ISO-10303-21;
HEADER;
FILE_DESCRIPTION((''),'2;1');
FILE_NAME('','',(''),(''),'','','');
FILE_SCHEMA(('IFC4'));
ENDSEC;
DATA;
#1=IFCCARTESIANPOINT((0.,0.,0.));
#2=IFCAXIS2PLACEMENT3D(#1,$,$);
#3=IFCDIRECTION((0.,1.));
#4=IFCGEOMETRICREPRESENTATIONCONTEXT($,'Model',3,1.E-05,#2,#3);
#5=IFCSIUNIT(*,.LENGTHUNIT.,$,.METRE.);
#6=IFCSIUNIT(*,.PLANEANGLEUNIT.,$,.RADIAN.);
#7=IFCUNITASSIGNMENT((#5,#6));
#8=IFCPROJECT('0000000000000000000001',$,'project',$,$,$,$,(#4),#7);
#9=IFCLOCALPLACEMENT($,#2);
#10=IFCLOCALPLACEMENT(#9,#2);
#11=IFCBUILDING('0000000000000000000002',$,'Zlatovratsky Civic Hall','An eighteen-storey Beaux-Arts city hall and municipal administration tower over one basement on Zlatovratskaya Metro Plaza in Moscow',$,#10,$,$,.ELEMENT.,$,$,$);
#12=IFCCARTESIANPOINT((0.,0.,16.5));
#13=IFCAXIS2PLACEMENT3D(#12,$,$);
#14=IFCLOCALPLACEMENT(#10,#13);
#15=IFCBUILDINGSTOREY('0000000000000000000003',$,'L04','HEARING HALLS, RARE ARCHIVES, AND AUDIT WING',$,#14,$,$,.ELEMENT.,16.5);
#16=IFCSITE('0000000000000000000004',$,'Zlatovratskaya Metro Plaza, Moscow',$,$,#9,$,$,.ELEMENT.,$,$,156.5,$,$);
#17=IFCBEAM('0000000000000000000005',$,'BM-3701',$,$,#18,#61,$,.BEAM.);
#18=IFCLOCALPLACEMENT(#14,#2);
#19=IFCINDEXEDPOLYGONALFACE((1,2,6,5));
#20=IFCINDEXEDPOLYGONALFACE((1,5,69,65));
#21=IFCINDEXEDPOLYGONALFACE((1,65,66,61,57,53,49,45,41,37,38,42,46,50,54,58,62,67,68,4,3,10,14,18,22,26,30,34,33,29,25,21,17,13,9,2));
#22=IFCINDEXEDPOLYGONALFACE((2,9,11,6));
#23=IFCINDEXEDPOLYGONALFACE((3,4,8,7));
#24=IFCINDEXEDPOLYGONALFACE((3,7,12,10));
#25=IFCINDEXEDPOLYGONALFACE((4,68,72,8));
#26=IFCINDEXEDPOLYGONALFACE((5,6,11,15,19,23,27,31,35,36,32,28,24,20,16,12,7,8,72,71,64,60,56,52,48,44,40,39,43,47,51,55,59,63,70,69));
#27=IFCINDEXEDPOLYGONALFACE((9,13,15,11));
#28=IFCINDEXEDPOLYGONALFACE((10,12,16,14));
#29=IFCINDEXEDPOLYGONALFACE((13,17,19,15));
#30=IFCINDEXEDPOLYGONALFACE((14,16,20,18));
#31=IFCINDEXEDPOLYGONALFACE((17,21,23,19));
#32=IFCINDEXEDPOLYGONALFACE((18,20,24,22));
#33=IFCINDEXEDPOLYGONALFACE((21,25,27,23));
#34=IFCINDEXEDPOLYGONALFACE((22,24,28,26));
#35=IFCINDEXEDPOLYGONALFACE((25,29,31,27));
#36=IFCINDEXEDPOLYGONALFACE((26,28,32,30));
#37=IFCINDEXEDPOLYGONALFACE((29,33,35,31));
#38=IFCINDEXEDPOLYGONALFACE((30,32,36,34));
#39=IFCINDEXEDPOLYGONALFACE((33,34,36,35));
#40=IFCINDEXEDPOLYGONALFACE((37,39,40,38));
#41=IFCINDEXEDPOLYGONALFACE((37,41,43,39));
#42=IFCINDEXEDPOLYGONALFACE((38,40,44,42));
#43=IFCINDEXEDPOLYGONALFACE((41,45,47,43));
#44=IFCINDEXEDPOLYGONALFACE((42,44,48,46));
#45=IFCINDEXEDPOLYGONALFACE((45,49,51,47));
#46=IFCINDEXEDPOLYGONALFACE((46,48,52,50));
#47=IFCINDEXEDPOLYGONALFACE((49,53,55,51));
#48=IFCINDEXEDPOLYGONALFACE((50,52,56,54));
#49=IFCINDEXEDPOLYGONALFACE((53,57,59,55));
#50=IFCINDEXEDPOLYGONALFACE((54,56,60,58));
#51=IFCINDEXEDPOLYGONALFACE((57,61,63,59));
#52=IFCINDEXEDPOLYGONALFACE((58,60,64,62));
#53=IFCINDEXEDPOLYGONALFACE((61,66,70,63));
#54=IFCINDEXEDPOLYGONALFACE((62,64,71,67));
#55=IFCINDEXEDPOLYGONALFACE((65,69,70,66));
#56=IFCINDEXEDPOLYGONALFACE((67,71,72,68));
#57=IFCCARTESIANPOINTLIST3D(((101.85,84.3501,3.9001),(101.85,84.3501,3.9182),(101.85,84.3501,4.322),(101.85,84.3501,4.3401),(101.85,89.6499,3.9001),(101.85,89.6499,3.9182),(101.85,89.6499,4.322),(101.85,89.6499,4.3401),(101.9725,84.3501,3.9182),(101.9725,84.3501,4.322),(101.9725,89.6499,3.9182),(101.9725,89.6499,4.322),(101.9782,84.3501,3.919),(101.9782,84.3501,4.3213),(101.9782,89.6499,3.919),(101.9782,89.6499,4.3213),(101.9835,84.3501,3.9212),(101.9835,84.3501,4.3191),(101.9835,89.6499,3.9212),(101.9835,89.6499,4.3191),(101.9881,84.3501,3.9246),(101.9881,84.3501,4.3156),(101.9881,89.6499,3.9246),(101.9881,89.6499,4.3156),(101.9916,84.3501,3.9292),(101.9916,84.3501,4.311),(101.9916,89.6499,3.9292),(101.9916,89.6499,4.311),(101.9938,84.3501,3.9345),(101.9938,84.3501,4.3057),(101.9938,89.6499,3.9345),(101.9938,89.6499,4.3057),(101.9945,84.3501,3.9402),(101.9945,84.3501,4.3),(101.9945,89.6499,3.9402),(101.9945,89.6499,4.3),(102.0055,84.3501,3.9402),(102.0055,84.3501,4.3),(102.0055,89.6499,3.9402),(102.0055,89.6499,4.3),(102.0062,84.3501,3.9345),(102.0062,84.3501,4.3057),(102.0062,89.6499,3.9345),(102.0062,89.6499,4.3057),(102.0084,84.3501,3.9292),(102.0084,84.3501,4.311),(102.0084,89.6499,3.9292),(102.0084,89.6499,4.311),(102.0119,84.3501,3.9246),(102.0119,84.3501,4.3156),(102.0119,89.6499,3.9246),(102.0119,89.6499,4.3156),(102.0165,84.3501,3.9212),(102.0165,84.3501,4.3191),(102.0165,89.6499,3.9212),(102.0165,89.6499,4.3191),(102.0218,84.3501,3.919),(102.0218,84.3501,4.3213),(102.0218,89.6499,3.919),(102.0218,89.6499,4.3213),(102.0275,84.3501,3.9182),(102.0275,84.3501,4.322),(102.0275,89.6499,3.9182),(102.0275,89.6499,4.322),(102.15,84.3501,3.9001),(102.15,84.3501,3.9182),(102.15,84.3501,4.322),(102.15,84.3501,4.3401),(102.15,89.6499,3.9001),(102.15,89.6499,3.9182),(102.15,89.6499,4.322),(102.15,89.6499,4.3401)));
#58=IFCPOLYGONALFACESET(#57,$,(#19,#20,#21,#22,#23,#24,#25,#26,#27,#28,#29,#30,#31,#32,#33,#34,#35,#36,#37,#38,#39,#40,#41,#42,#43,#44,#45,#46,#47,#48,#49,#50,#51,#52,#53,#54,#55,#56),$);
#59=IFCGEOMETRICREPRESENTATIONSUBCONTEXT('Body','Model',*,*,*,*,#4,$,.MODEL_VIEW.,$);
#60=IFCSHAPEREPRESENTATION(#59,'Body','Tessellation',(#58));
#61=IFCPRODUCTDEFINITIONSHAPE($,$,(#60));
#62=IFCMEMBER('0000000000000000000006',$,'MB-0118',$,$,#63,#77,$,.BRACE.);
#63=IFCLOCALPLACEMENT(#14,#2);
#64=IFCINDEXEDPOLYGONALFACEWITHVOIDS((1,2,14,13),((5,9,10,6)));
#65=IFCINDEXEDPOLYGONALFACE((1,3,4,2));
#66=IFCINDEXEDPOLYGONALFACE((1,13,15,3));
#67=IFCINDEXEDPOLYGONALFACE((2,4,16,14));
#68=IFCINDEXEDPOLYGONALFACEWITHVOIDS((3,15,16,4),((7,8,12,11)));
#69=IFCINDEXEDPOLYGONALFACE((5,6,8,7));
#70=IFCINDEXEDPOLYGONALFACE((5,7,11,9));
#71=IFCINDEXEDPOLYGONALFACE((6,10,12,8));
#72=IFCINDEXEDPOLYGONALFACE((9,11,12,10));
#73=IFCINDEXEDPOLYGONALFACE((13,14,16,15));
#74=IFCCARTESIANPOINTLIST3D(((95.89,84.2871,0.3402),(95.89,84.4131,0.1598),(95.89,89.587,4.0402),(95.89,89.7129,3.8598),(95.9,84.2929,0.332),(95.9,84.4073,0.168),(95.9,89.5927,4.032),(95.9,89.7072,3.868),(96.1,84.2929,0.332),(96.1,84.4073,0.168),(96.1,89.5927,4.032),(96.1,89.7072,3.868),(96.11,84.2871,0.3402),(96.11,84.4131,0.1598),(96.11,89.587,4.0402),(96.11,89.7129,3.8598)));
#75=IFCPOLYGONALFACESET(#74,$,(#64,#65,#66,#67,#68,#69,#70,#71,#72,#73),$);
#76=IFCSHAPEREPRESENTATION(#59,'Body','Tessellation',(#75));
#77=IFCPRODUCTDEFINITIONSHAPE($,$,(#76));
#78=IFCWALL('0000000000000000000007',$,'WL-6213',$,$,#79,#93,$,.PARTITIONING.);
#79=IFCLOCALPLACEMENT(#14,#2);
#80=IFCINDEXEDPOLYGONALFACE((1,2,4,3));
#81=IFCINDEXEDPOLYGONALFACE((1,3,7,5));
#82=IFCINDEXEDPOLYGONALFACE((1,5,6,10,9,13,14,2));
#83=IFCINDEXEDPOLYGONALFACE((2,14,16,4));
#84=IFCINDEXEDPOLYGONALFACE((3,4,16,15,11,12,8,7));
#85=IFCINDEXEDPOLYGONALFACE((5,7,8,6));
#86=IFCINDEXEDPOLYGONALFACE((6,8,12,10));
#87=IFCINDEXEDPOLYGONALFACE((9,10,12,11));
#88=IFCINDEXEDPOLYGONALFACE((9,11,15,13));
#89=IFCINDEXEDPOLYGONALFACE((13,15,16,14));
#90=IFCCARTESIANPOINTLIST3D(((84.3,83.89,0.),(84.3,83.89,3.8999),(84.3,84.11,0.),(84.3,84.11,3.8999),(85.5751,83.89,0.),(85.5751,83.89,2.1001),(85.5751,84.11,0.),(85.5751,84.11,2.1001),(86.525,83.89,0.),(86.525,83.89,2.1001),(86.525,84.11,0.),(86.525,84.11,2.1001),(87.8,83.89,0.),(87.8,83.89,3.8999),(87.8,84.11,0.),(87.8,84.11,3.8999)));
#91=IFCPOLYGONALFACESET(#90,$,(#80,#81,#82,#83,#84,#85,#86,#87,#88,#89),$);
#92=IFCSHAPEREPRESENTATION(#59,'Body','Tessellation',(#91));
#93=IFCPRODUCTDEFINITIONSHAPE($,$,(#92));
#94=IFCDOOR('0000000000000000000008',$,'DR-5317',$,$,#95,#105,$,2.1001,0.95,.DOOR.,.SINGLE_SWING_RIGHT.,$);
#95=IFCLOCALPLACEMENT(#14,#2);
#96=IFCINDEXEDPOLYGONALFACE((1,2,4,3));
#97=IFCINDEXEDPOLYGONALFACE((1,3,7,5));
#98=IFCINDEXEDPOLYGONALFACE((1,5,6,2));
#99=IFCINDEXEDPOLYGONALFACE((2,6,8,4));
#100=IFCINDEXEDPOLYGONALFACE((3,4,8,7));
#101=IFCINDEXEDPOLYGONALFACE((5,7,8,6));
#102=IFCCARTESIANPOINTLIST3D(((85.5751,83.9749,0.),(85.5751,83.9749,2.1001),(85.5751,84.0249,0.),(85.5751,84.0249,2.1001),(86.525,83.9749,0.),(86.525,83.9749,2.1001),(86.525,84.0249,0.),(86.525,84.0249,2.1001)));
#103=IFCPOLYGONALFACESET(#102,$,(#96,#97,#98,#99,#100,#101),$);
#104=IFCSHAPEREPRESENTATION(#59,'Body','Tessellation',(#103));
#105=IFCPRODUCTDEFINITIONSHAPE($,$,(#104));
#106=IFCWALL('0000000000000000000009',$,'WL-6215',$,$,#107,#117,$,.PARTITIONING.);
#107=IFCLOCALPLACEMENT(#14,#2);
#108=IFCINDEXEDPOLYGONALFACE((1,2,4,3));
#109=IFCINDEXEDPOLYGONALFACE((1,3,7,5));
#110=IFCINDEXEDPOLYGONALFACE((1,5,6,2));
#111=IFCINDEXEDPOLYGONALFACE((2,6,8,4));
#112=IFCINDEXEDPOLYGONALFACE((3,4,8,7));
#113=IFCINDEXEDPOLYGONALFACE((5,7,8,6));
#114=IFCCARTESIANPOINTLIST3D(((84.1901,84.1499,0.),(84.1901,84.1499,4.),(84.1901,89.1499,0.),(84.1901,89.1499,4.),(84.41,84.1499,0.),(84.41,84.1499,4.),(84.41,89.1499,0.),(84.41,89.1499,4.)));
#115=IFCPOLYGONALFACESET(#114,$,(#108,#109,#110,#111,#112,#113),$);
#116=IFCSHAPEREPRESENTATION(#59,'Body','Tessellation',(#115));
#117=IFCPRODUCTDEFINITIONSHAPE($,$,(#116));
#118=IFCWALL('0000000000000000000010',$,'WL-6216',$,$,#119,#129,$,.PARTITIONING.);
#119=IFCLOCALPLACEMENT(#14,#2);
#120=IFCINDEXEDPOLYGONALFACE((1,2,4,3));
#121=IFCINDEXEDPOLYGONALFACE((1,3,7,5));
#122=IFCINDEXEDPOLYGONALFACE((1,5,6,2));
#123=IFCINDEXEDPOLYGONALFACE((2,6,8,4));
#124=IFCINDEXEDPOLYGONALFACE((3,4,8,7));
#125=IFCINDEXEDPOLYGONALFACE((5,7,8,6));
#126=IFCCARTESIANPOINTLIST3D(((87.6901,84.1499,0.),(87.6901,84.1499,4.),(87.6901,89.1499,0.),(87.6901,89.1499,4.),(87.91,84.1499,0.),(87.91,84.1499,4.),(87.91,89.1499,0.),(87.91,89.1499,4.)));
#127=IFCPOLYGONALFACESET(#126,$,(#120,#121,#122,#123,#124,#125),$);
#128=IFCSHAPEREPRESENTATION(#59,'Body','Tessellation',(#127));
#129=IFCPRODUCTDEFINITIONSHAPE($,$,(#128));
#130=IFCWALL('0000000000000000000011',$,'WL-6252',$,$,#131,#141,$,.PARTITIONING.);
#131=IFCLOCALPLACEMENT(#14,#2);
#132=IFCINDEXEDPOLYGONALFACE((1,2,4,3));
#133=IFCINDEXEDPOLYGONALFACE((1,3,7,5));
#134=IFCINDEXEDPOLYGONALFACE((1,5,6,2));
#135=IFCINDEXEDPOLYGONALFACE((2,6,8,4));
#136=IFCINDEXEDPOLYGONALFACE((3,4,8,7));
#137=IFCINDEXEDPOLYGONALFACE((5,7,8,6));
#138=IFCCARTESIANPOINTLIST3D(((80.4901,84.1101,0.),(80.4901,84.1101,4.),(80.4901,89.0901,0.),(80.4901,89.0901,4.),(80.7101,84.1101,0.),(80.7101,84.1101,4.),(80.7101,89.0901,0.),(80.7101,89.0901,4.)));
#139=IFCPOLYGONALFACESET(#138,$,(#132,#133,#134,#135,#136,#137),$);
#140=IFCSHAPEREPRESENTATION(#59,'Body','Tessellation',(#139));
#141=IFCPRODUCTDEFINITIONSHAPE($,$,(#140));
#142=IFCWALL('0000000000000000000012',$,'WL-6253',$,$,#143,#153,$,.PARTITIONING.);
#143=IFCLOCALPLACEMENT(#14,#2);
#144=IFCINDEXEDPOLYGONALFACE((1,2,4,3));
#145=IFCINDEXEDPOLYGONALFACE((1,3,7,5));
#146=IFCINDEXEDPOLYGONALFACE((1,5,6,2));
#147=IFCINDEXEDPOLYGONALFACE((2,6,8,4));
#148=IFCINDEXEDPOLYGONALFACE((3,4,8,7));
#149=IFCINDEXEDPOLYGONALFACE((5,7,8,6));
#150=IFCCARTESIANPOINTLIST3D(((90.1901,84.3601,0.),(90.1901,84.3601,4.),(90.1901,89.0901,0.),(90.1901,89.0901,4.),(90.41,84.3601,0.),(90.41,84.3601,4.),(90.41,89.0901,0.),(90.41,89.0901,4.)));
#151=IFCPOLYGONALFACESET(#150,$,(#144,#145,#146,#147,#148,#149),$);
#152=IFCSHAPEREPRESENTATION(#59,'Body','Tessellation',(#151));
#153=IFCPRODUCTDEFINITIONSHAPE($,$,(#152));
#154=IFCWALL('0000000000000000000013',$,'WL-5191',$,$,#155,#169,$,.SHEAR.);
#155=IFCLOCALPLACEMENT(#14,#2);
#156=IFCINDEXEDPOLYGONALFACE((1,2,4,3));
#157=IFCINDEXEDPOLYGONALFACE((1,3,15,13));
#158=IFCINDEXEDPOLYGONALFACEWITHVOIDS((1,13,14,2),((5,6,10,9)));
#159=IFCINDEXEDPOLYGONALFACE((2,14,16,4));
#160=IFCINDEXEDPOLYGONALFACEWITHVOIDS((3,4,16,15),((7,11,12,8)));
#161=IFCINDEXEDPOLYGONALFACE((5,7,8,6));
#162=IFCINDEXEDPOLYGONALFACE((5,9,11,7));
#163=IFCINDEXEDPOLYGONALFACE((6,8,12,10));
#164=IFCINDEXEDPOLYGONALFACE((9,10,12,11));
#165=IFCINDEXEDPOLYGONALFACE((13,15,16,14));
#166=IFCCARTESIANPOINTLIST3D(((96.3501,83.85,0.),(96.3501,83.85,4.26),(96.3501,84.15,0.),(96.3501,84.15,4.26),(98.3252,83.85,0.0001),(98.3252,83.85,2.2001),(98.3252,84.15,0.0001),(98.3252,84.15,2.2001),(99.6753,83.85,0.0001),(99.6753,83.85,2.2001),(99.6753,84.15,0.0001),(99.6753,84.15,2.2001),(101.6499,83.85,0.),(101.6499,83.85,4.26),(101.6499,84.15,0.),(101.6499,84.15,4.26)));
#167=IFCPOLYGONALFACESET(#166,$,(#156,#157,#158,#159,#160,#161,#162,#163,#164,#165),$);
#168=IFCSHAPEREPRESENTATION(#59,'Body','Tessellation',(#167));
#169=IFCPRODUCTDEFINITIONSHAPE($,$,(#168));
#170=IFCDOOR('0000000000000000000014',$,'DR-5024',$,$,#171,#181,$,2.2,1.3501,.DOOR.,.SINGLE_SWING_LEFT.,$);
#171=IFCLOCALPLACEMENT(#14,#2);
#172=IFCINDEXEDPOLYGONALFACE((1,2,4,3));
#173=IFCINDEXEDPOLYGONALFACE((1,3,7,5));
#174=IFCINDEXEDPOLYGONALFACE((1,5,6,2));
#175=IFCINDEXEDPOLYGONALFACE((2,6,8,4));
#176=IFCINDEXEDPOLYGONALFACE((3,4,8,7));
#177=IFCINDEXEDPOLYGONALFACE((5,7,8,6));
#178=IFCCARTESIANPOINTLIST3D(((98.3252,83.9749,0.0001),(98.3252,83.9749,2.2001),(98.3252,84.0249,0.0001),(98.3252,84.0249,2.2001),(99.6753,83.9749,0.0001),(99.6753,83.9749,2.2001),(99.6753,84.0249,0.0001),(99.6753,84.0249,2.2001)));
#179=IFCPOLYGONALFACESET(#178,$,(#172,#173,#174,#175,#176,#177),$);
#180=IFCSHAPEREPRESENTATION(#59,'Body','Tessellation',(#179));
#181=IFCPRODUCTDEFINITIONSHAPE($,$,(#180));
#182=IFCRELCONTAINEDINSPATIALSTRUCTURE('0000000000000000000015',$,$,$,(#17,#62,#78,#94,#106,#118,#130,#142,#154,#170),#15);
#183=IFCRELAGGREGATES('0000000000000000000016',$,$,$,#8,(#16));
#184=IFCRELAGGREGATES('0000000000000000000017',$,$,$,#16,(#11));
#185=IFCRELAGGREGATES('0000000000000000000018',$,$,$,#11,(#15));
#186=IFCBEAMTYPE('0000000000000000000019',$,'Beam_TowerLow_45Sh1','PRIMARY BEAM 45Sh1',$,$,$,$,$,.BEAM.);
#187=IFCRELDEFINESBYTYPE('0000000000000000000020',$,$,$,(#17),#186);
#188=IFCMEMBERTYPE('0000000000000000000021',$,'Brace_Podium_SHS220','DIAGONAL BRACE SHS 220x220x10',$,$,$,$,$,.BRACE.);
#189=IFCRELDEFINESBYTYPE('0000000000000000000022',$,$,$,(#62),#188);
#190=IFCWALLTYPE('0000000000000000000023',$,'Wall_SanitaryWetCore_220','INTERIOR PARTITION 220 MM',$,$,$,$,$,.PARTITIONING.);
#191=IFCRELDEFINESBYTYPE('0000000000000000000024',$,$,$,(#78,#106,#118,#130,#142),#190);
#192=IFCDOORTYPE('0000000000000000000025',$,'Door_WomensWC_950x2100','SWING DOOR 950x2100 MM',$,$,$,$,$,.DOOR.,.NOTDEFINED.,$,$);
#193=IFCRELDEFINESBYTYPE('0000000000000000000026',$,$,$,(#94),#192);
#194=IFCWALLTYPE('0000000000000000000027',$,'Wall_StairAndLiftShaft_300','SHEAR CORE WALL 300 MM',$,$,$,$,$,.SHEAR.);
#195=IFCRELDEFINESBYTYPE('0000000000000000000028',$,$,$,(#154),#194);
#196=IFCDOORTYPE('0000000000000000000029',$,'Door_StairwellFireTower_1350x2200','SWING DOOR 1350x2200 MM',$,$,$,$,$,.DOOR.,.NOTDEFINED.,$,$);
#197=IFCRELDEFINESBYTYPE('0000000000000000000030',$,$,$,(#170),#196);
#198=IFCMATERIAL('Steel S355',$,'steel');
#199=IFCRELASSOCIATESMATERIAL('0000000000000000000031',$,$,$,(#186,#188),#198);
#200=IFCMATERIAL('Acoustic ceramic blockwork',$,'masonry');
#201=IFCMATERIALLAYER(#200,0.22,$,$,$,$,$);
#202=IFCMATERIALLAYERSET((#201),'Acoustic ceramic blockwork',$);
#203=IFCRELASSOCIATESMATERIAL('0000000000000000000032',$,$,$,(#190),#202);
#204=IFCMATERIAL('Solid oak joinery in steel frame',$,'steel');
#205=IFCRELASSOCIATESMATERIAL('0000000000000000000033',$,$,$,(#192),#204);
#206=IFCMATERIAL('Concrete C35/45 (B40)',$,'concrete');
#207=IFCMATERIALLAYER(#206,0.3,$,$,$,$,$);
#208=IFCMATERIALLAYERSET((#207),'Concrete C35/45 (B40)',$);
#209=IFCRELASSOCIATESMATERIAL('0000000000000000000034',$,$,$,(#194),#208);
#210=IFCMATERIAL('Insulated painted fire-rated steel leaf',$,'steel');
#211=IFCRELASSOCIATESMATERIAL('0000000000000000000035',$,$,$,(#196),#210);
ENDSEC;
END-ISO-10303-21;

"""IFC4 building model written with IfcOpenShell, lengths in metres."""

from ifc_helpers import new_model, si_unit, direction, frame, frame_2d, origin, origin_2d, place, context, subcontext, project, spatial, rectangle, hollow_rectangle, i_section, extrude, material, layer, layer_set, material_profile, profile_set, type_object, element, fill, save


model = new_model("IFC4")

# Units and contexts
model_context = context("Model", 3, precision=1e-05, world=origin(), true_north=direction((0.0, 1.0)))
body_context = subcontext(model_context, "Body", "Model", "MODEL_VIEW")
ifc_project = project(units=[si_unit("LENGTHUNIT", "METRE"), si_unit("PLANEANGLEUNIT", "RADIAN")], contexts=[model_context])

# Site, building, storey
site_placement = place(None, origin())
site = spatial("IfcSite", under=ifc_project, at=site_placement, Name="Zlatovratskaya Metro Plaza, Moscow", CompositionType="ELEMENT", RefElevation=156.5)
building_placement = place(site_placement, origin())
building = spatial("IfcBuilding", under=site, at=building_placement, Name="Zlatovratsky Civic Hall", Description="An eighteen-storey Beaux-Arts city hall and municipal administration tower over one basement on Zlatovratskaya Metro Plaza in Moscow", CompositionType="ELEMENT")
storey_placement = place(building_placement, frame((0.0, 0.0, 16.5)))
storey = spatial("IfcBuildingStorey", under=building, at=storey_placement, Name="L04", Description="HEARING HALLS, RARE ARCHIVES, AND AUDIT WING", CompositionType="ELEMENT", Elevation=16.5)

# Shared definitions
ifc_material_1 = material(Name="Concrete C35/45 (B40)", Category="concrete")
ifc_material_2 = material(Name="Steel S355", Category="steel")

# Beam
ifc_material_profile_1 = material_profile(ifc_material_2, i_section(OverallWidth=0.3, OverallDepth=0.4399, WebThickness=0.011, FlangeThickness=0.0181, FilletRadius=0.022, at=origin_2d()), Name="45Sh1")
ifc_profile_set_1 = profile_set([ifc_material_profile_1], Name="Steel S355")
beam_type = type_object("IfcBeamType", Name="Beam_TowerLow_45Sh1", Description="PRIMARY BEAM 45Sh1", PredefinedType="BEAM", material=ifc_profile_set_1)
beam_1_placement = place(storey_placement, frame((102.0, 84.3501, 4.1201), z_axis=(0.0, 1.0, 0.0), x_axis=(-1.0, 0.0, 0.0)))
element("IfcBeam", 1, at=beam_1_placement, inside=storey, type_object=beam_type, Name="BM-3701", PredefinedType="BEAM", context=body_context, shape_type="SweptSolid", body=[
    extrude(i_section(OverallWidth=0.3, OverallDepth=0.4399, WebThickness=0.011, FlangeThickness=0.0181, FilletRadius=0.022, at=origin_2d()), origin(), (0.0, 0.0, 1.0), 5.2998),
])

# Member
ifc_material_profile_2 = material_profile(ifc_material_2, hollow_rectangle(XDim=0.22, YDim=0.22, WallThickness=0.01, at=origin_2d()), Name="SHS 220x220x10")
ifc_profile_set_2 = profile_set([ifc_material_profile_2], Name="Steel S355")
member_type = type_object("IfcMemberType", Name="Brace_Podium_SHS220", Description="DIAGONAL BRACE SHS 220x220x10", PredefinedType="BRACE", material=ifc_profile_set_2)
member_placement = place(storey_placement, frame((96.0, 84.3501, 0.25), z_axis=(0.0, 0.819952, 0.572433), x_axis=(-1.0, 0.0, 0.0)))
element("IfcMember", 2, at=member_placement, inside=storey, type_object=member_type, Name="MB-0118", PredefinedType="BRACE", context=body_context, shape_type="SweptSolid", body=[
    extrude(hollow_rectangle(XDim=0.22, YDim=0.22, WallThickness=0.01, at=origin_2d()), origin(), (0.0, 0.0, 1.0), 6.4636),
])

# Wall, opening, door
ifc_material_3 = material(Name="Acoustic ceramic blockwork", Category="masonry")
ifc_layer_1 = layer(ifc_material_3, 0.22)
ifc_layer_set_1 = layer_set([ifc_layer_1], Name="Acoustic ceramic blockwork")
wall_type_1 = type_object("IfcWallType", Name="Wall_SanitaryWetCore_220", Description="INTERIOR PARTITION 220 MM", PredefinedType="PARTITIONING", material=ifc_layer_set_1)
ifc_material_4 = material(Name="Solid oak joinery in steel frame", Category="steel")
wall_1_placement = place(storey_placement, frame((84.3, 84.0, 0.0), z_axis=(0.0, 0.0, 1.0), x_axis=(1.0, 0.0, 0.0)))
wall_1 = element("IfcWall", 3, at=wall_1_placement, inside=storey, type_object=wall_type_1, Name="WL-6213", PredefinedType="PARTITIONING", context=body_context, shape_type="SweptSolid", body=[
    extrude(rectangle(XDim=3.5, YDim=0.22, at=frame_2d((1.75, 0.0))), origin(), (0.0, 0.0, 1.0), 3.8999),
])
opening_1_placement = place(wall_1_placement, frame((1.2749, 0.0, 0.0)))
opening_1 = element("IfcOpeningElement", 4, at=opening_1_placement, cuts=wall_1, PredefinedType="OPENING", context=body_context, shape_type="SweptSolid", body=[
    extrude(rectangle(XDim=0.95, YDim=2.1001, at=frame_2d((0.4751, 1.05))), frame((0.0, 0.125, 0.0), z_axis=(0.0, -1.0, 0.0), x_axis=(1.0, 0.0, 0.0)), (0.0, 0.0, 1.0), 0.2498),
])
door_type_1 = type_object("IfcDoorType", Name="Door_WomensWC_950x2100", Description="SWING DOOR 950x2100 MM", OperationType="NOTDEFINED", PredefinedType="DOOR", material=ifc_material_4)
door_1_placement = place(opening_1_placement, origin())
door_1 = element("IfcDoor", 5, at=door_1_placement, inside=storey, type_object=door_type_1, Name="DR-5317", OperationType="SINGLE_SWING_RIGHT", OverallHeight=2.1001, OverallWidth=0.95, PredefinedType="DOOR", context=body_context, shape_type="SweptSolid", body=[
    extrude(rectangle(XDim=0.95, YDim=2.1001, at=frame_2d((0.4751, 1.05))), frame((0.0, 0.0249, 0.0), z_axis=(0.0, -1.0, 0.0), x_axis=(1.0, 0.0, 0.0)), (0.0, 0.0, 1.0), 0.05),
])
fill(opening_1, door_1)

# Walls
for number, where, z_axis, x_axis, name in (
    (6, (84.3, 84.1499, 0.0), (0.0, 0.0, 1.0), (0.0, 1.0, 0.0), "WL-6215"),
    (7, (87.8, 84.1499, 0.0), (0.0, 0.0, 1.0), (0.0, 1.0, 0.0), "WL-6216"),
):
    element("IfcWall", number, at=place(storey_placement, frame(where, z_axis=z_axis, x_axis=x_axis)), inside=storey, type_object=wall_type_1, Name=name, PredefinedType="PARTITIONING", context=body_context, shape_type="SweptSolid", body=[
        extrude(rectangle(XDim=5.0, YDim=0.22, at=frame_2d((2.5, 0.0))), origin(), (0.0, 0.0, 1.0), 4.0),
    ])
wall_2_placement = place(storey_placement, frame((80.6001, 84.1101, 0.0), z_axis=(0.0, 0.0, 1.0), x_axis=(0.0, 1.0, 0.0)))
element("IfcWall", 8, at=wall_2_placement, inside=storey, type_object=wall_type_1, Name="WL-6252", PredefinedType="PARTITIONING", context=body_context, shape_type="SweptSolid", body=[
    extrude(rectangle(XDim=4.98, YDim=0.22, at=frame_2d((2.49, 0.0))), origin(), (0.0, 0.0, 1.0), 4.0),
])
wall_3_placement = place(storey_placement, frame((90.3, 84.3601, 0.0), z_axis=(0.0, 0.0, 1.0), x_axis=(0.0, 1.0, 0.0)))
element("IfcWall", 9, at=wall_3_placement, inside=storey, type_object=wall_type_1, Name="WL-6253", PredefinedType="PARTITIONING", context=body_context, shape_type="SweptSolid", body=[
    extrude(rectangle(XDim=4.73, YDim=0.22, at=frame_2d((2.365, 0.0))), origin(), (0.0, 0.0, 1.0), 4.0),
])

# Wall, opening, door
ifc_layer_2 = layer(ifc_material_1, 0.3)
ifc_layer_set_2 = layer_set([ifc_layer_2], Name="Concrete C35/45 (B40)")
wall_type_2 = type_object("IfcWallType", Name="Wall_StairAndLiftShaft_300", Description="SHEAR CORE WALL 300 MM", PredefinedType="SHEAR", material=ifc_layer_set_2)
wall_4_placement = place(storey_placement, frame((96.3501, 84.0, 0.0), z_axis=(0.0, 0.0, 1.0), x_axis=(1.0, 0.0, 0.0)))
wall_4 = element("IfcWall", 10, at=wall_4_placement, inside=storey, type_object=wall_type_2, Name="WL-5191", PredefinedType="SHEAR", context=body_context, shape_type="SweptSolid", body=[
    extrude(rectangle(XDim=5.2998, YDim=0.3, at=frame_2d((2.6499, 0.0))), origin(), (0.0, 0.0, 1.0), 4.26),
])
opening_2_placement = place(wall_4_placement, frame((1.9751, 0.0, 0.0)))
opening_2 = element("IfcOpeningElement", 11, at=opening_2_placement, cuts=wall_4, PredefinedType="OPENING", context=body_context, shape_type="SweptSolid", body=[
    extrude(rectangle(XDim=1.3501, YDim=2.2, at=frame_2d((0.675, 1.1001))), frame((0.0, 0.165, 0.0), z_axis=(0.0, -1.0, 0.0), x_axis=(1.0, 0.0, 0.0)), (0.0, 0.0, 1.0), 0.3298),
])
ifc_material_5 = material(Name="Insulated painted fire-rated steel leaf", Category="steel")
door_type_2 = type_object("IfcDoorType", Name="Door_StairwellFireTower_1350x2200", Description="SWING DOOR 1350x2200 MM", OperationType="NOTDEFINED", PredefinedType="DOOR", material=ifc_material_5)
door_2_placement = place(opening_2_placement, origin())
door_2 = element("IfcDoor", 12, at=door_2_placement, inside=storey, type_object=door_type_2, Name="DR-5024", OperationType="SINGLE_SWING_LEFT", OverallHeight=2.2, OverallWidth=1.3501, PredefinedType="DOOR", context=body_context, shape_type="SweptSolid", body=[
    extrude(rectangle(XDim=1.3501, YDim=2.2, at=frame_2d((0.675, 1.1001))), frame((0.0, 0.0249, 0.0), z_axis=(0.0, -1.0, 0.0), x_axis=(1.0, 0.0, 0.0)), (0.0, 0.0, 1.0), 0.05),
])
fill(opening_2, door_2)

save(model, "model.ifc")
